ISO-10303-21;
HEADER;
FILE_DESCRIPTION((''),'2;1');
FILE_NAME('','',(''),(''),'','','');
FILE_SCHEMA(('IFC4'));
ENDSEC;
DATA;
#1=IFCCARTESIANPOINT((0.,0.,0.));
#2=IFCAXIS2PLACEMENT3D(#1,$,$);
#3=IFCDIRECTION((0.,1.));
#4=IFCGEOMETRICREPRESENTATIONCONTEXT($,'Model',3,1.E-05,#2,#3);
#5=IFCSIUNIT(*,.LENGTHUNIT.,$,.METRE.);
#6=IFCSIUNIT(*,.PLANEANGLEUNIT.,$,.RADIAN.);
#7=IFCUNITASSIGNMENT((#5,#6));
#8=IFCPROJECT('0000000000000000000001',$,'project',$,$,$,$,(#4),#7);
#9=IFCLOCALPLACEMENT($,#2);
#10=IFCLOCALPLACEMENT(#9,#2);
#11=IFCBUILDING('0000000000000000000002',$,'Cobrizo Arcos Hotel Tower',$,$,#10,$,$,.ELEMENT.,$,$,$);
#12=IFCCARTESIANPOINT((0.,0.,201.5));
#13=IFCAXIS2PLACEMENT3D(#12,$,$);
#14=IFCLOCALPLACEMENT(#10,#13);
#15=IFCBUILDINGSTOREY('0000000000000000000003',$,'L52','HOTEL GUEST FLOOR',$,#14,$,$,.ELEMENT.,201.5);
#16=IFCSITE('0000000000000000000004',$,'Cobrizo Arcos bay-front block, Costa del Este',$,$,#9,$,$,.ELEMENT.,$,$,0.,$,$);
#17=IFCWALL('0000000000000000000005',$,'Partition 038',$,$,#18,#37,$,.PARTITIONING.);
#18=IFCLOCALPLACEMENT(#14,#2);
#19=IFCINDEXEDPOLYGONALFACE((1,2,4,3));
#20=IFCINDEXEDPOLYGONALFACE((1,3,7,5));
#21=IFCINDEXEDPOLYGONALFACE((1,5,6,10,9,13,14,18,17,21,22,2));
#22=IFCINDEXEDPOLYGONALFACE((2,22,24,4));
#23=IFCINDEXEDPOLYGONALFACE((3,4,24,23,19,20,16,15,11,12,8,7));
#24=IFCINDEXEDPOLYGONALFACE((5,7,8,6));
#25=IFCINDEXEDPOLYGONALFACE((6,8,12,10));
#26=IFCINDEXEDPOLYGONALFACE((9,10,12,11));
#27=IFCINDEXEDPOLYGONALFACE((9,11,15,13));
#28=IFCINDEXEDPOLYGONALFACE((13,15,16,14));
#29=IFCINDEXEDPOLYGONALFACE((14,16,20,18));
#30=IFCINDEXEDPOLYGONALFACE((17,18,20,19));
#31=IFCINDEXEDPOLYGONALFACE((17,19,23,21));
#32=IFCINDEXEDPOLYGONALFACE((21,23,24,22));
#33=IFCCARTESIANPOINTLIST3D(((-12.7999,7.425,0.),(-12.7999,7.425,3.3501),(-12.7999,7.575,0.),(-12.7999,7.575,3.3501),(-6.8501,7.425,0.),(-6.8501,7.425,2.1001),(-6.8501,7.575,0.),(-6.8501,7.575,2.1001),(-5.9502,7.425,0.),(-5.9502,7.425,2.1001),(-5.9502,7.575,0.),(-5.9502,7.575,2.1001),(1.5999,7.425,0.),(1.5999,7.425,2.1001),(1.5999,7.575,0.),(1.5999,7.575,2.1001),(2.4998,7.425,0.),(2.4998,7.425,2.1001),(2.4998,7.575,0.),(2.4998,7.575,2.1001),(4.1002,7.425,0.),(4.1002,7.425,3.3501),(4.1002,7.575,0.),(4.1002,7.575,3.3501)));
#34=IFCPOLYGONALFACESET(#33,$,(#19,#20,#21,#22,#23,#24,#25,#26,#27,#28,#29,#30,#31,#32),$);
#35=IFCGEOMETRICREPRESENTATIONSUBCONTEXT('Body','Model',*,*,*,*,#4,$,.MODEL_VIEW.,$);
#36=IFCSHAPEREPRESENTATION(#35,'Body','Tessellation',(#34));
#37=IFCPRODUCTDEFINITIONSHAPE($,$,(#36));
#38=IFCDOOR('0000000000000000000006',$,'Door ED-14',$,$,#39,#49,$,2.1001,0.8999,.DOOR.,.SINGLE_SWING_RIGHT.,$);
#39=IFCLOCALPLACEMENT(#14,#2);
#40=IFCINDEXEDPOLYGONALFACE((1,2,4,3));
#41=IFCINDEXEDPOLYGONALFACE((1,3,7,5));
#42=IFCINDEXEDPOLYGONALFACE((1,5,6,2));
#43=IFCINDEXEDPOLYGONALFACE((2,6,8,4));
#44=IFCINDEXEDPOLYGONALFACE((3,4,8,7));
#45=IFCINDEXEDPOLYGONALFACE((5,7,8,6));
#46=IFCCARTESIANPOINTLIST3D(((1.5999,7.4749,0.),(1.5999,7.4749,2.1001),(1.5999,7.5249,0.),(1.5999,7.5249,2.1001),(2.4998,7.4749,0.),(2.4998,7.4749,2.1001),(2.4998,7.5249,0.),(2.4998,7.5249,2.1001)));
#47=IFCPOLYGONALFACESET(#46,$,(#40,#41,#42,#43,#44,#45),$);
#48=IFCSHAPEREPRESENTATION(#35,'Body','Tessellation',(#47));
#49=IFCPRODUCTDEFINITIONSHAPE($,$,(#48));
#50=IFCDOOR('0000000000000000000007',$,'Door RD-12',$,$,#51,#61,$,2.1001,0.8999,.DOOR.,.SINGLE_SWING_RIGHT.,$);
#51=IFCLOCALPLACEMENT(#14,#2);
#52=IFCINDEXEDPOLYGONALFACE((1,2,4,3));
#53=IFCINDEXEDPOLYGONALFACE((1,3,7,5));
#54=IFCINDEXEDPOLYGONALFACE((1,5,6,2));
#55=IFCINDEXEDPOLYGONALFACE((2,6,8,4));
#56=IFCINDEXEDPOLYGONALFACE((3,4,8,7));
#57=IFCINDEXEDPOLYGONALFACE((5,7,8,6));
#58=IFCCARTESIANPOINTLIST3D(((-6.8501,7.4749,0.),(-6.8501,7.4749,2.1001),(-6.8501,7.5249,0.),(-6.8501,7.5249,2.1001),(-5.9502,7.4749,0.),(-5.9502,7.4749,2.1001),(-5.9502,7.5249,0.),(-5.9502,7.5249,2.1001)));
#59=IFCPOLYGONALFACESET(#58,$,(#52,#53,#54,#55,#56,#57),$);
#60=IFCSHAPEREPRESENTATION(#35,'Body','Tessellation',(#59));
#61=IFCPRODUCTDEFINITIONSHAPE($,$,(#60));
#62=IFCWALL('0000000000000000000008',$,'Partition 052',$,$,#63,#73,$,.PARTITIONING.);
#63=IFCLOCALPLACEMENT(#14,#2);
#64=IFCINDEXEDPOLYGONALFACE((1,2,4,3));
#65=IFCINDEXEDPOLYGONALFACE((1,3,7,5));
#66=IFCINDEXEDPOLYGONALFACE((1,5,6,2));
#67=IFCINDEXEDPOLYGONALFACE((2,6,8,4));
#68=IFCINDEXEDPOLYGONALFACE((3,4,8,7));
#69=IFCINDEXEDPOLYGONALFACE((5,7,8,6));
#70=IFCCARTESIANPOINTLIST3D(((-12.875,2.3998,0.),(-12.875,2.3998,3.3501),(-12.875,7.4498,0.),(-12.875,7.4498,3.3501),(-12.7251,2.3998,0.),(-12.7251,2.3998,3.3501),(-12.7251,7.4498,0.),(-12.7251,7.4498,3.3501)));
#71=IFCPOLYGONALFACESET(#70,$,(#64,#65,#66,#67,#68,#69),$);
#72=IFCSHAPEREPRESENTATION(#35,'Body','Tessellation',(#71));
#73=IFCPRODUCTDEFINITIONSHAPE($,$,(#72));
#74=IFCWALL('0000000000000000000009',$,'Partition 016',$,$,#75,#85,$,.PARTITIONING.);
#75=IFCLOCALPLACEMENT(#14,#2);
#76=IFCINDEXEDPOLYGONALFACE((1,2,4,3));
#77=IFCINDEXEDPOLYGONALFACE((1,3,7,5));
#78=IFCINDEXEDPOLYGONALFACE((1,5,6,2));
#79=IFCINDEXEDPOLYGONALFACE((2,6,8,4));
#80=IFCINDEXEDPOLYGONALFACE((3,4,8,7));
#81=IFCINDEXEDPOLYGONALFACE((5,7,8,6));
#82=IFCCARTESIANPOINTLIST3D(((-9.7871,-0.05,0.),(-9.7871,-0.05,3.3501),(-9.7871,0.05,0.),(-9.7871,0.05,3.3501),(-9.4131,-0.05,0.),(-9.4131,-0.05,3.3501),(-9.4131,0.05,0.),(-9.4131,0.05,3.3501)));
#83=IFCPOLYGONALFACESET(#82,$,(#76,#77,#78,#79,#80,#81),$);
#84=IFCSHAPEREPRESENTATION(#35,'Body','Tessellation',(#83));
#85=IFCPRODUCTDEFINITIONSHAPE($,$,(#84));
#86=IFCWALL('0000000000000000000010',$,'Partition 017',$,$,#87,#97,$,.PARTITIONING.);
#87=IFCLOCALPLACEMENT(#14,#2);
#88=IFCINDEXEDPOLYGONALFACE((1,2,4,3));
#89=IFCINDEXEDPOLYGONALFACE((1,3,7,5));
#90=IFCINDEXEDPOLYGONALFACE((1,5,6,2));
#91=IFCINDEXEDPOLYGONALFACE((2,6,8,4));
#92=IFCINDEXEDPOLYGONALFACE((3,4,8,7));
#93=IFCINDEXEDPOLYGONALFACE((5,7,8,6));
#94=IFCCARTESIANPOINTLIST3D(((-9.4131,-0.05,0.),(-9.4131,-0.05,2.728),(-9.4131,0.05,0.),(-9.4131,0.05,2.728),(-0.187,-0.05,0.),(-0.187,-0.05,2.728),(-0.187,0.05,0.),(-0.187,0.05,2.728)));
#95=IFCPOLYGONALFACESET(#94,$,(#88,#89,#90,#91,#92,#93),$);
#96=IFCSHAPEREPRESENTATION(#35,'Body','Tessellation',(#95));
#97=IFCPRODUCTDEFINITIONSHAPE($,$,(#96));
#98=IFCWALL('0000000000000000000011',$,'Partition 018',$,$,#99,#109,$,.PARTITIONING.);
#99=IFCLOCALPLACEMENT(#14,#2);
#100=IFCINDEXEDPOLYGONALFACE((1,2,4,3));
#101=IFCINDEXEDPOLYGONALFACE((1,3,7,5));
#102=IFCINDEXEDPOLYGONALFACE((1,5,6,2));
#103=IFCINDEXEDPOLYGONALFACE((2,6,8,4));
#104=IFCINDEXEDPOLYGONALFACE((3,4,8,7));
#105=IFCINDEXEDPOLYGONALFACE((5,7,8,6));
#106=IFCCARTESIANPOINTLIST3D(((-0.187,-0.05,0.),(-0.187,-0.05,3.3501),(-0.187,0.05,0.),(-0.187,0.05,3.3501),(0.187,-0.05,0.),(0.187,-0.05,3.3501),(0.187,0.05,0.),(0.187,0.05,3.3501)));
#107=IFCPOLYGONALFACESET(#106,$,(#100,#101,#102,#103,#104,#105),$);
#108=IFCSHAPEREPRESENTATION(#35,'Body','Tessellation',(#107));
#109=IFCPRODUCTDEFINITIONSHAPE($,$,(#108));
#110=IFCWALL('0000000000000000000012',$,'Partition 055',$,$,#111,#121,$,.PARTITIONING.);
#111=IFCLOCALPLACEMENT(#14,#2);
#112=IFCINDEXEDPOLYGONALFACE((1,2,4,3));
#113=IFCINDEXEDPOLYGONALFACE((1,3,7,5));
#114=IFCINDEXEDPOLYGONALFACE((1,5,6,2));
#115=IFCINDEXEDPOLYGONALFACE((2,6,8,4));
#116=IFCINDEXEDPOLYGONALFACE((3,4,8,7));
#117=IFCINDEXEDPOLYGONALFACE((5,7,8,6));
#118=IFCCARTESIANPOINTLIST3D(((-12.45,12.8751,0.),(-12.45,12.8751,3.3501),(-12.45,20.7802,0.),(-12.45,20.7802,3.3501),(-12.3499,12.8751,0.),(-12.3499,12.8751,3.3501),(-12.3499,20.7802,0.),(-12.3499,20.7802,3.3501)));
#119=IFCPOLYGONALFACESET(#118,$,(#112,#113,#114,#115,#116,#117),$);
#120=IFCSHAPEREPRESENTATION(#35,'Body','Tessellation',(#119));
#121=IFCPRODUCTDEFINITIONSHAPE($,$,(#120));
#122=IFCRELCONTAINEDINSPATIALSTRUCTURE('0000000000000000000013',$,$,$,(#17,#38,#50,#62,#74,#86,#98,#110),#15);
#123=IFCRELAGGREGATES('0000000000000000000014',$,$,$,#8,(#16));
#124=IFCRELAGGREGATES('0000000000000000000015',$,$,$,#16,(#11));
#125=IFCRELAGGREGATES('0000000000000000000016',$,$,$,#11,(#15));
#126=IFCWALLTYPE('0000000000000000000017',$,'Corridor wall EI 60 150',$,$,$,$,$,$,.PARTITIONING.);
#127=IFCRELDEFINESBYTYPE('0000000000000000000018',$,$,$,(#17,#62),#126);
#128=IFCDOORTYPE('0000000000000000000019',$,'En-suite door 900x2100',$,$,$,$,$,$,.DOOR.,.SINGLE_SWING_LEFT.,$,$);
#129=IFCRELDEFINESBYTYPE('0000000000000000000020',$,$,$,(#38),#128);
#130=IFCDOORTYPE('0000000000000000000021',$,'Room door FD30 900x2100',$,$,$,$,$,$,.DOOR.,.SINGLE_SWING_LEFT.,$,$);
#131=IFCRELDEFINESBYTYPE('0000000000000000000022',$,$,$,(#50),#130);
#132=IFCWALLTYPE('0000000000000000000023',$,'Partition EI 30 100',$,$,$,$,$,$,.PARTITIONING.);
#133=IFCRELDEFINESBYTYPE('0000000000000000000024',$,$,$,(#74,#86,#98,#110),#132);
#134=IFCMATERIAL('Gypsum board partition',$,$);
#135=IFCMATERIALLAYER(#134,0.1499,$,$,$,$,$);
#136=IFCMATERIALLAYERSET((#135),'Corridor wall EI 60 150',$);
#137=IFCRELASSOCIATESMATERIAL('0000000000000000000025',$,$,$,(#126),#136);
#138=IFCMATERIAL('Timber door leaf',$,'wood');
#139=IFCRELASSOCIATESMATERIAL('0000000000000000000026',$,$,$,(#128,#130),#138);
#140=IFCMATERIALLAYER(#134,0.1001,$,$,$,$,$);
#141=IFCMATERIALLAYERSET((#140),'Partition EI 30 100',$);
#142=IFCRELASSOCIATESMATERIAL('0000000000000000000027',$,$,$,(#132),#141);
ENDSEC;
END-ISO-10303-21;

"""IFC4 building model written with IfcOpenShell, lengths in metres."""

from ifc_helpers import new_model, si_unit, direction, frame, frame_2d, origin, place, context, subcontext, project, spatial, rectangle, extrude, material, layer, layer_set, type_object, element, fill, save


model = new_model("IFC4")

# Units and contexts
model_context = context("Model", 3, precision=1e-05, world=origin(), true_north=direction((0.0, 1.0)))
body_context = subcontext(model_context, "Body", "Model", "MODEL_VIEW")
ifc_project = project(units=[si_unit("LENGTHUNIT", "METRE"), si_unit("PLANEANGLEUNIT", "RADIAN")], contexts=[model_context])

# Site, building, storey
site_placement = place(None, origin())
site = spatial("IfcSite", under=ifc_project, at=site_placement, Name="Cobrizo Arcos bay-front block, Costa del Este", CompositionType="ELEMENT", RefElevation=0.0)
building_placement = place(site_placement, origin())
building = spatial("IfcBuilding", under=site, at=building_placement, Name="Cobrizo Arcos Hotel Tower", CompositionType="ELEMENT")
storey_placement = place(building_placement, frame((0.0, 0.0, 201.5)))
storey = spatial("IfcBuildingStorey", under=building, at=storey_placement, Name="L52", Description="HOTEL GUEST FLOOR", CompositionType="ELEMENT", Elevation=201.5)

# Wall, openings, doors
ifc_material_1 = material(Name="Gypsum board partition")
ifc_layer_1 = layer(ifc_material_1, 0.1499)
ifc_layer_set_1 = layer_set([ifc_layer_1], Name="Corridor wall EI 60 150")
wall_type_1 = type_object("IfcWallType", Name="Corridor wall EI 60 150", PredefinedType="PARTITIONING", material=ifc_layer_set_1)
wall_1_placement = place(storey_placement, frame((-12.8, 7.5, 0.0), z_axis=(0.0, 0.0, 1.0), x_axis=(1.0, 0.0, 0.0)))
wall_1 = element("IfcWall", 1, at=wall_1_placement, inside=storey, type_object=wall_type_1, Name="Partition 038", PredefinedType="PARTITIONING", context=body_context, shape_type="SweptSolid", body=[
    extrude(rectangle(XDim=16.9001, YDim=0.1499, at=frame_2d((8.4502, 0.0))), origin(), (0.0, 0.0, 1.0), 3.3501),
])
opening_1_placement = place(wall_1_placement, frame((14.3999, 0.0, 0.0)))
opening_1 = element("IfcOpeningElement", 2, at=opening_1_placement, cuts=wall_1, PredefinedType="OPENING", context=body_context, shape_type="SweptSolid", body=[
    extrude(rectangle(XDim=0.8999, YDim=2.1001, at=frame_2d((0.45, 1.05))), frame((0.0, 0.0869, 0.0), z_axis=(0.0, -1.0, 0.0), x_axis=(1.0, 0.0, 0.0)), (0.0, 0.0, 1.0), 0.1738),
])
opening_2_placement = place(wall_1_placement, frame((5.95, 0.0, 0.0)))
opening_2 = element("IfcOpeningElement", 3, at=opening_2_placement, cuts=wall_1, PredefinedType="OPENING", context=body_context, shape_type="SweptSolid", body=[
    extrude(rectangle(XDim=0.8999, YDim=2.1001, at=frame_2d((0.45, 1.05))), frame((0.0, 0.0869, 0.0), z_axis=(0.0, -1.0, 0.0), x_axis=(1.0, 0.0, 0.0)), (0.0, 0.0, 1.0), 0.1738),
])
ifc_material_2 = material(Name="Timber door leaf", Category="wood")
door_type_1 = type_object("IfcDoorType", Name="En-suite door 900x2100", OperationType="SINGLE_SWING_LEFT", PredefinedType="DOOR", material=ifc_material_2)
door_1_placement = place(opening_1_placement, origin())
door_1 = element("IfcDoor", 4, at=door_1_placement, inside=storey, type_object=door_type_1, Name="Door ED-14", OperationType="SINGLE_SWING_RIGHT", OverallHeight=2.1001, OverallWidth=0.8999, PredefinedType="DOOR", context=body_context, shape_type="SweptSolid", body=[
    extrude(rectangle(XDim=0.8999, YDim=2.1001, at=frame_2d((0.45, 1.05))), frame((0.0, 0.0249, 0.0), z_axis=(0.0, -1.0, 0.0), x_axis=(1.0, 0.0, 0.0)), (0.0, 0.0, 1.0), 0.05),
])
fill(opening_1, door_1)
door_type_2 = type_object("IfcDoorType", Name="Room door FD30 900x2100", OperationType="SINGLE_SWING_LEFT", PredefinedType="DOOR", material=ifc_material_2)
door_2_placement = place(opening_2_placement, origin())
door_2 = element("IfcDoor", 5, at=door_2_placement, inside=storey, type_object=door_type_2, Name="Door RD-12", OperationType="SINGLE_SWING_RIGHT", OverallHeight=2.1001, OverallWidth=0.8999, PredefinedType="DOOR", context=body_context, shape_type="SweptSolid", body=[
    extrude(rectangle(XDim=0.8999, YDim=2.1001, at=frame_2d((0.45, 1.05))), frame((0.0, 0.0249, 0.0), z_axis=(0.0, -1.0, 0.0), x_axis=(1.0, 0.0, 0.0)), (0.0, 0.0, 1.0), 0.05),
])
fill(opening_2, door_2)

# Walls
wall_2_placement = place(storey_placement, frame((-12.8, 2.3999, 0.0), z_axis=(0.0, 0.0, 1.0), x_axis=(0.0, 1.0, 0.0)))
element("IfcWall", 6, at=wall_2_placement, inside=storey, type_object=wall_type_1, Name="Partition 052", PredefinedType="PARTITIONING", context=body_context, shape_type="SweptSolid", body=[
    extrude(rectangle(XDim=5.05, YDim=0.1499, at=frame_2d((2.5249, 0.0))), origin(), (0.0, 0.0, 1.0), 3.3501),
])
ifc_layer_2 = layer(ifc_material_1, 0.1001)
ifc_layer_set_2 = layer_set([ifc_layer_2], Name="Partition EI 30 100")
wall_type_2 = type_object("IfcWallType", Name="Partition EI 30 100", PredefinedType="PARTITIONING", material=ifc_layer_set_2)
wall_3_placement = place(storey_placement, frame((-9.7871, 0.0, 0.0), z_axis=(0.0, 0.0, 1.0), x_axis=(1.0, 0.0, 0.0)))
element("IfcWall", 7, at=wall_3_placement, inside=storey, type_object=wall_type_2, Name="Partition 016", PredefinedType="PARTITIONING", context=body_context, shape_type="SweptSolid", body=[
    extrude(rectangle(XDim=0.374, YDim=0.1001, at=frame_2d((0.187, 0.0))), origin(), (0.0, 0.0, 1.0), 3.3501),
])
wall_4_placement = place(storey_placement, frame((-9.4131, 0.0, 0.0), z_axis=(0.0, 0.0, 1.0), x_axis=(1.0, 0.0, 0.0)))
element("IfcWall", 8, at=wall_4_placement, inside=storey, type_object=wall_type_2, Name="Partition 017", PredefinedType="PARTITIONING", context=body_context, shape_type="SweptSolid", body=[
    extrude(rectangle(XDim=9.2261, YDim=0.1001, at=frame_2d((4.613, 0.0))), origin(), (0.0, 0.0, 1.0), 2.728),
])
wall_5_placement = place(storey_placement, frame((-0.187, 0.0, 0.0), z_axis=(0.0, 0.0, 1.0), x_axis=(1.0, 0.0, 0.0)))
element("IfcWall", 9, at=wall_5_placement, inside=storey, type_object=wall_type_2, Name="Partition 018", PredefinedType="PARTITIONING", context=body_context, shape_type="SweptSolid", body=[
    extrude(rectangle(XDim=0.374, YDim=0.1001, at=frame_2d((0.187, 0.0))), origin(), (0.0, 0.0, 1.0), 3.3501),
])
wall_6_placement = place(storey_placement, frame((-12.3999, 12.875, 0.0), z_axis=(0.0, 0.0, 1.0), x_axis=(0.0, 1.0, 0.0)))
element("IfcWall", 10, at=wall_6_placement, inside=storey, type_object=wall_type_2, Name="Partition 055", PredefinedType="PARTITIONING", context=body_context, shape_type="SweptSolid", body=[
    extrude(rectangle(XDim=7.905, YDim=0.1001, at=frame_2d((3.9526, 0.0))), origin(), (0.0, 0.0, 1.0), 3.3501),
])

save(model, "model.ifc")
